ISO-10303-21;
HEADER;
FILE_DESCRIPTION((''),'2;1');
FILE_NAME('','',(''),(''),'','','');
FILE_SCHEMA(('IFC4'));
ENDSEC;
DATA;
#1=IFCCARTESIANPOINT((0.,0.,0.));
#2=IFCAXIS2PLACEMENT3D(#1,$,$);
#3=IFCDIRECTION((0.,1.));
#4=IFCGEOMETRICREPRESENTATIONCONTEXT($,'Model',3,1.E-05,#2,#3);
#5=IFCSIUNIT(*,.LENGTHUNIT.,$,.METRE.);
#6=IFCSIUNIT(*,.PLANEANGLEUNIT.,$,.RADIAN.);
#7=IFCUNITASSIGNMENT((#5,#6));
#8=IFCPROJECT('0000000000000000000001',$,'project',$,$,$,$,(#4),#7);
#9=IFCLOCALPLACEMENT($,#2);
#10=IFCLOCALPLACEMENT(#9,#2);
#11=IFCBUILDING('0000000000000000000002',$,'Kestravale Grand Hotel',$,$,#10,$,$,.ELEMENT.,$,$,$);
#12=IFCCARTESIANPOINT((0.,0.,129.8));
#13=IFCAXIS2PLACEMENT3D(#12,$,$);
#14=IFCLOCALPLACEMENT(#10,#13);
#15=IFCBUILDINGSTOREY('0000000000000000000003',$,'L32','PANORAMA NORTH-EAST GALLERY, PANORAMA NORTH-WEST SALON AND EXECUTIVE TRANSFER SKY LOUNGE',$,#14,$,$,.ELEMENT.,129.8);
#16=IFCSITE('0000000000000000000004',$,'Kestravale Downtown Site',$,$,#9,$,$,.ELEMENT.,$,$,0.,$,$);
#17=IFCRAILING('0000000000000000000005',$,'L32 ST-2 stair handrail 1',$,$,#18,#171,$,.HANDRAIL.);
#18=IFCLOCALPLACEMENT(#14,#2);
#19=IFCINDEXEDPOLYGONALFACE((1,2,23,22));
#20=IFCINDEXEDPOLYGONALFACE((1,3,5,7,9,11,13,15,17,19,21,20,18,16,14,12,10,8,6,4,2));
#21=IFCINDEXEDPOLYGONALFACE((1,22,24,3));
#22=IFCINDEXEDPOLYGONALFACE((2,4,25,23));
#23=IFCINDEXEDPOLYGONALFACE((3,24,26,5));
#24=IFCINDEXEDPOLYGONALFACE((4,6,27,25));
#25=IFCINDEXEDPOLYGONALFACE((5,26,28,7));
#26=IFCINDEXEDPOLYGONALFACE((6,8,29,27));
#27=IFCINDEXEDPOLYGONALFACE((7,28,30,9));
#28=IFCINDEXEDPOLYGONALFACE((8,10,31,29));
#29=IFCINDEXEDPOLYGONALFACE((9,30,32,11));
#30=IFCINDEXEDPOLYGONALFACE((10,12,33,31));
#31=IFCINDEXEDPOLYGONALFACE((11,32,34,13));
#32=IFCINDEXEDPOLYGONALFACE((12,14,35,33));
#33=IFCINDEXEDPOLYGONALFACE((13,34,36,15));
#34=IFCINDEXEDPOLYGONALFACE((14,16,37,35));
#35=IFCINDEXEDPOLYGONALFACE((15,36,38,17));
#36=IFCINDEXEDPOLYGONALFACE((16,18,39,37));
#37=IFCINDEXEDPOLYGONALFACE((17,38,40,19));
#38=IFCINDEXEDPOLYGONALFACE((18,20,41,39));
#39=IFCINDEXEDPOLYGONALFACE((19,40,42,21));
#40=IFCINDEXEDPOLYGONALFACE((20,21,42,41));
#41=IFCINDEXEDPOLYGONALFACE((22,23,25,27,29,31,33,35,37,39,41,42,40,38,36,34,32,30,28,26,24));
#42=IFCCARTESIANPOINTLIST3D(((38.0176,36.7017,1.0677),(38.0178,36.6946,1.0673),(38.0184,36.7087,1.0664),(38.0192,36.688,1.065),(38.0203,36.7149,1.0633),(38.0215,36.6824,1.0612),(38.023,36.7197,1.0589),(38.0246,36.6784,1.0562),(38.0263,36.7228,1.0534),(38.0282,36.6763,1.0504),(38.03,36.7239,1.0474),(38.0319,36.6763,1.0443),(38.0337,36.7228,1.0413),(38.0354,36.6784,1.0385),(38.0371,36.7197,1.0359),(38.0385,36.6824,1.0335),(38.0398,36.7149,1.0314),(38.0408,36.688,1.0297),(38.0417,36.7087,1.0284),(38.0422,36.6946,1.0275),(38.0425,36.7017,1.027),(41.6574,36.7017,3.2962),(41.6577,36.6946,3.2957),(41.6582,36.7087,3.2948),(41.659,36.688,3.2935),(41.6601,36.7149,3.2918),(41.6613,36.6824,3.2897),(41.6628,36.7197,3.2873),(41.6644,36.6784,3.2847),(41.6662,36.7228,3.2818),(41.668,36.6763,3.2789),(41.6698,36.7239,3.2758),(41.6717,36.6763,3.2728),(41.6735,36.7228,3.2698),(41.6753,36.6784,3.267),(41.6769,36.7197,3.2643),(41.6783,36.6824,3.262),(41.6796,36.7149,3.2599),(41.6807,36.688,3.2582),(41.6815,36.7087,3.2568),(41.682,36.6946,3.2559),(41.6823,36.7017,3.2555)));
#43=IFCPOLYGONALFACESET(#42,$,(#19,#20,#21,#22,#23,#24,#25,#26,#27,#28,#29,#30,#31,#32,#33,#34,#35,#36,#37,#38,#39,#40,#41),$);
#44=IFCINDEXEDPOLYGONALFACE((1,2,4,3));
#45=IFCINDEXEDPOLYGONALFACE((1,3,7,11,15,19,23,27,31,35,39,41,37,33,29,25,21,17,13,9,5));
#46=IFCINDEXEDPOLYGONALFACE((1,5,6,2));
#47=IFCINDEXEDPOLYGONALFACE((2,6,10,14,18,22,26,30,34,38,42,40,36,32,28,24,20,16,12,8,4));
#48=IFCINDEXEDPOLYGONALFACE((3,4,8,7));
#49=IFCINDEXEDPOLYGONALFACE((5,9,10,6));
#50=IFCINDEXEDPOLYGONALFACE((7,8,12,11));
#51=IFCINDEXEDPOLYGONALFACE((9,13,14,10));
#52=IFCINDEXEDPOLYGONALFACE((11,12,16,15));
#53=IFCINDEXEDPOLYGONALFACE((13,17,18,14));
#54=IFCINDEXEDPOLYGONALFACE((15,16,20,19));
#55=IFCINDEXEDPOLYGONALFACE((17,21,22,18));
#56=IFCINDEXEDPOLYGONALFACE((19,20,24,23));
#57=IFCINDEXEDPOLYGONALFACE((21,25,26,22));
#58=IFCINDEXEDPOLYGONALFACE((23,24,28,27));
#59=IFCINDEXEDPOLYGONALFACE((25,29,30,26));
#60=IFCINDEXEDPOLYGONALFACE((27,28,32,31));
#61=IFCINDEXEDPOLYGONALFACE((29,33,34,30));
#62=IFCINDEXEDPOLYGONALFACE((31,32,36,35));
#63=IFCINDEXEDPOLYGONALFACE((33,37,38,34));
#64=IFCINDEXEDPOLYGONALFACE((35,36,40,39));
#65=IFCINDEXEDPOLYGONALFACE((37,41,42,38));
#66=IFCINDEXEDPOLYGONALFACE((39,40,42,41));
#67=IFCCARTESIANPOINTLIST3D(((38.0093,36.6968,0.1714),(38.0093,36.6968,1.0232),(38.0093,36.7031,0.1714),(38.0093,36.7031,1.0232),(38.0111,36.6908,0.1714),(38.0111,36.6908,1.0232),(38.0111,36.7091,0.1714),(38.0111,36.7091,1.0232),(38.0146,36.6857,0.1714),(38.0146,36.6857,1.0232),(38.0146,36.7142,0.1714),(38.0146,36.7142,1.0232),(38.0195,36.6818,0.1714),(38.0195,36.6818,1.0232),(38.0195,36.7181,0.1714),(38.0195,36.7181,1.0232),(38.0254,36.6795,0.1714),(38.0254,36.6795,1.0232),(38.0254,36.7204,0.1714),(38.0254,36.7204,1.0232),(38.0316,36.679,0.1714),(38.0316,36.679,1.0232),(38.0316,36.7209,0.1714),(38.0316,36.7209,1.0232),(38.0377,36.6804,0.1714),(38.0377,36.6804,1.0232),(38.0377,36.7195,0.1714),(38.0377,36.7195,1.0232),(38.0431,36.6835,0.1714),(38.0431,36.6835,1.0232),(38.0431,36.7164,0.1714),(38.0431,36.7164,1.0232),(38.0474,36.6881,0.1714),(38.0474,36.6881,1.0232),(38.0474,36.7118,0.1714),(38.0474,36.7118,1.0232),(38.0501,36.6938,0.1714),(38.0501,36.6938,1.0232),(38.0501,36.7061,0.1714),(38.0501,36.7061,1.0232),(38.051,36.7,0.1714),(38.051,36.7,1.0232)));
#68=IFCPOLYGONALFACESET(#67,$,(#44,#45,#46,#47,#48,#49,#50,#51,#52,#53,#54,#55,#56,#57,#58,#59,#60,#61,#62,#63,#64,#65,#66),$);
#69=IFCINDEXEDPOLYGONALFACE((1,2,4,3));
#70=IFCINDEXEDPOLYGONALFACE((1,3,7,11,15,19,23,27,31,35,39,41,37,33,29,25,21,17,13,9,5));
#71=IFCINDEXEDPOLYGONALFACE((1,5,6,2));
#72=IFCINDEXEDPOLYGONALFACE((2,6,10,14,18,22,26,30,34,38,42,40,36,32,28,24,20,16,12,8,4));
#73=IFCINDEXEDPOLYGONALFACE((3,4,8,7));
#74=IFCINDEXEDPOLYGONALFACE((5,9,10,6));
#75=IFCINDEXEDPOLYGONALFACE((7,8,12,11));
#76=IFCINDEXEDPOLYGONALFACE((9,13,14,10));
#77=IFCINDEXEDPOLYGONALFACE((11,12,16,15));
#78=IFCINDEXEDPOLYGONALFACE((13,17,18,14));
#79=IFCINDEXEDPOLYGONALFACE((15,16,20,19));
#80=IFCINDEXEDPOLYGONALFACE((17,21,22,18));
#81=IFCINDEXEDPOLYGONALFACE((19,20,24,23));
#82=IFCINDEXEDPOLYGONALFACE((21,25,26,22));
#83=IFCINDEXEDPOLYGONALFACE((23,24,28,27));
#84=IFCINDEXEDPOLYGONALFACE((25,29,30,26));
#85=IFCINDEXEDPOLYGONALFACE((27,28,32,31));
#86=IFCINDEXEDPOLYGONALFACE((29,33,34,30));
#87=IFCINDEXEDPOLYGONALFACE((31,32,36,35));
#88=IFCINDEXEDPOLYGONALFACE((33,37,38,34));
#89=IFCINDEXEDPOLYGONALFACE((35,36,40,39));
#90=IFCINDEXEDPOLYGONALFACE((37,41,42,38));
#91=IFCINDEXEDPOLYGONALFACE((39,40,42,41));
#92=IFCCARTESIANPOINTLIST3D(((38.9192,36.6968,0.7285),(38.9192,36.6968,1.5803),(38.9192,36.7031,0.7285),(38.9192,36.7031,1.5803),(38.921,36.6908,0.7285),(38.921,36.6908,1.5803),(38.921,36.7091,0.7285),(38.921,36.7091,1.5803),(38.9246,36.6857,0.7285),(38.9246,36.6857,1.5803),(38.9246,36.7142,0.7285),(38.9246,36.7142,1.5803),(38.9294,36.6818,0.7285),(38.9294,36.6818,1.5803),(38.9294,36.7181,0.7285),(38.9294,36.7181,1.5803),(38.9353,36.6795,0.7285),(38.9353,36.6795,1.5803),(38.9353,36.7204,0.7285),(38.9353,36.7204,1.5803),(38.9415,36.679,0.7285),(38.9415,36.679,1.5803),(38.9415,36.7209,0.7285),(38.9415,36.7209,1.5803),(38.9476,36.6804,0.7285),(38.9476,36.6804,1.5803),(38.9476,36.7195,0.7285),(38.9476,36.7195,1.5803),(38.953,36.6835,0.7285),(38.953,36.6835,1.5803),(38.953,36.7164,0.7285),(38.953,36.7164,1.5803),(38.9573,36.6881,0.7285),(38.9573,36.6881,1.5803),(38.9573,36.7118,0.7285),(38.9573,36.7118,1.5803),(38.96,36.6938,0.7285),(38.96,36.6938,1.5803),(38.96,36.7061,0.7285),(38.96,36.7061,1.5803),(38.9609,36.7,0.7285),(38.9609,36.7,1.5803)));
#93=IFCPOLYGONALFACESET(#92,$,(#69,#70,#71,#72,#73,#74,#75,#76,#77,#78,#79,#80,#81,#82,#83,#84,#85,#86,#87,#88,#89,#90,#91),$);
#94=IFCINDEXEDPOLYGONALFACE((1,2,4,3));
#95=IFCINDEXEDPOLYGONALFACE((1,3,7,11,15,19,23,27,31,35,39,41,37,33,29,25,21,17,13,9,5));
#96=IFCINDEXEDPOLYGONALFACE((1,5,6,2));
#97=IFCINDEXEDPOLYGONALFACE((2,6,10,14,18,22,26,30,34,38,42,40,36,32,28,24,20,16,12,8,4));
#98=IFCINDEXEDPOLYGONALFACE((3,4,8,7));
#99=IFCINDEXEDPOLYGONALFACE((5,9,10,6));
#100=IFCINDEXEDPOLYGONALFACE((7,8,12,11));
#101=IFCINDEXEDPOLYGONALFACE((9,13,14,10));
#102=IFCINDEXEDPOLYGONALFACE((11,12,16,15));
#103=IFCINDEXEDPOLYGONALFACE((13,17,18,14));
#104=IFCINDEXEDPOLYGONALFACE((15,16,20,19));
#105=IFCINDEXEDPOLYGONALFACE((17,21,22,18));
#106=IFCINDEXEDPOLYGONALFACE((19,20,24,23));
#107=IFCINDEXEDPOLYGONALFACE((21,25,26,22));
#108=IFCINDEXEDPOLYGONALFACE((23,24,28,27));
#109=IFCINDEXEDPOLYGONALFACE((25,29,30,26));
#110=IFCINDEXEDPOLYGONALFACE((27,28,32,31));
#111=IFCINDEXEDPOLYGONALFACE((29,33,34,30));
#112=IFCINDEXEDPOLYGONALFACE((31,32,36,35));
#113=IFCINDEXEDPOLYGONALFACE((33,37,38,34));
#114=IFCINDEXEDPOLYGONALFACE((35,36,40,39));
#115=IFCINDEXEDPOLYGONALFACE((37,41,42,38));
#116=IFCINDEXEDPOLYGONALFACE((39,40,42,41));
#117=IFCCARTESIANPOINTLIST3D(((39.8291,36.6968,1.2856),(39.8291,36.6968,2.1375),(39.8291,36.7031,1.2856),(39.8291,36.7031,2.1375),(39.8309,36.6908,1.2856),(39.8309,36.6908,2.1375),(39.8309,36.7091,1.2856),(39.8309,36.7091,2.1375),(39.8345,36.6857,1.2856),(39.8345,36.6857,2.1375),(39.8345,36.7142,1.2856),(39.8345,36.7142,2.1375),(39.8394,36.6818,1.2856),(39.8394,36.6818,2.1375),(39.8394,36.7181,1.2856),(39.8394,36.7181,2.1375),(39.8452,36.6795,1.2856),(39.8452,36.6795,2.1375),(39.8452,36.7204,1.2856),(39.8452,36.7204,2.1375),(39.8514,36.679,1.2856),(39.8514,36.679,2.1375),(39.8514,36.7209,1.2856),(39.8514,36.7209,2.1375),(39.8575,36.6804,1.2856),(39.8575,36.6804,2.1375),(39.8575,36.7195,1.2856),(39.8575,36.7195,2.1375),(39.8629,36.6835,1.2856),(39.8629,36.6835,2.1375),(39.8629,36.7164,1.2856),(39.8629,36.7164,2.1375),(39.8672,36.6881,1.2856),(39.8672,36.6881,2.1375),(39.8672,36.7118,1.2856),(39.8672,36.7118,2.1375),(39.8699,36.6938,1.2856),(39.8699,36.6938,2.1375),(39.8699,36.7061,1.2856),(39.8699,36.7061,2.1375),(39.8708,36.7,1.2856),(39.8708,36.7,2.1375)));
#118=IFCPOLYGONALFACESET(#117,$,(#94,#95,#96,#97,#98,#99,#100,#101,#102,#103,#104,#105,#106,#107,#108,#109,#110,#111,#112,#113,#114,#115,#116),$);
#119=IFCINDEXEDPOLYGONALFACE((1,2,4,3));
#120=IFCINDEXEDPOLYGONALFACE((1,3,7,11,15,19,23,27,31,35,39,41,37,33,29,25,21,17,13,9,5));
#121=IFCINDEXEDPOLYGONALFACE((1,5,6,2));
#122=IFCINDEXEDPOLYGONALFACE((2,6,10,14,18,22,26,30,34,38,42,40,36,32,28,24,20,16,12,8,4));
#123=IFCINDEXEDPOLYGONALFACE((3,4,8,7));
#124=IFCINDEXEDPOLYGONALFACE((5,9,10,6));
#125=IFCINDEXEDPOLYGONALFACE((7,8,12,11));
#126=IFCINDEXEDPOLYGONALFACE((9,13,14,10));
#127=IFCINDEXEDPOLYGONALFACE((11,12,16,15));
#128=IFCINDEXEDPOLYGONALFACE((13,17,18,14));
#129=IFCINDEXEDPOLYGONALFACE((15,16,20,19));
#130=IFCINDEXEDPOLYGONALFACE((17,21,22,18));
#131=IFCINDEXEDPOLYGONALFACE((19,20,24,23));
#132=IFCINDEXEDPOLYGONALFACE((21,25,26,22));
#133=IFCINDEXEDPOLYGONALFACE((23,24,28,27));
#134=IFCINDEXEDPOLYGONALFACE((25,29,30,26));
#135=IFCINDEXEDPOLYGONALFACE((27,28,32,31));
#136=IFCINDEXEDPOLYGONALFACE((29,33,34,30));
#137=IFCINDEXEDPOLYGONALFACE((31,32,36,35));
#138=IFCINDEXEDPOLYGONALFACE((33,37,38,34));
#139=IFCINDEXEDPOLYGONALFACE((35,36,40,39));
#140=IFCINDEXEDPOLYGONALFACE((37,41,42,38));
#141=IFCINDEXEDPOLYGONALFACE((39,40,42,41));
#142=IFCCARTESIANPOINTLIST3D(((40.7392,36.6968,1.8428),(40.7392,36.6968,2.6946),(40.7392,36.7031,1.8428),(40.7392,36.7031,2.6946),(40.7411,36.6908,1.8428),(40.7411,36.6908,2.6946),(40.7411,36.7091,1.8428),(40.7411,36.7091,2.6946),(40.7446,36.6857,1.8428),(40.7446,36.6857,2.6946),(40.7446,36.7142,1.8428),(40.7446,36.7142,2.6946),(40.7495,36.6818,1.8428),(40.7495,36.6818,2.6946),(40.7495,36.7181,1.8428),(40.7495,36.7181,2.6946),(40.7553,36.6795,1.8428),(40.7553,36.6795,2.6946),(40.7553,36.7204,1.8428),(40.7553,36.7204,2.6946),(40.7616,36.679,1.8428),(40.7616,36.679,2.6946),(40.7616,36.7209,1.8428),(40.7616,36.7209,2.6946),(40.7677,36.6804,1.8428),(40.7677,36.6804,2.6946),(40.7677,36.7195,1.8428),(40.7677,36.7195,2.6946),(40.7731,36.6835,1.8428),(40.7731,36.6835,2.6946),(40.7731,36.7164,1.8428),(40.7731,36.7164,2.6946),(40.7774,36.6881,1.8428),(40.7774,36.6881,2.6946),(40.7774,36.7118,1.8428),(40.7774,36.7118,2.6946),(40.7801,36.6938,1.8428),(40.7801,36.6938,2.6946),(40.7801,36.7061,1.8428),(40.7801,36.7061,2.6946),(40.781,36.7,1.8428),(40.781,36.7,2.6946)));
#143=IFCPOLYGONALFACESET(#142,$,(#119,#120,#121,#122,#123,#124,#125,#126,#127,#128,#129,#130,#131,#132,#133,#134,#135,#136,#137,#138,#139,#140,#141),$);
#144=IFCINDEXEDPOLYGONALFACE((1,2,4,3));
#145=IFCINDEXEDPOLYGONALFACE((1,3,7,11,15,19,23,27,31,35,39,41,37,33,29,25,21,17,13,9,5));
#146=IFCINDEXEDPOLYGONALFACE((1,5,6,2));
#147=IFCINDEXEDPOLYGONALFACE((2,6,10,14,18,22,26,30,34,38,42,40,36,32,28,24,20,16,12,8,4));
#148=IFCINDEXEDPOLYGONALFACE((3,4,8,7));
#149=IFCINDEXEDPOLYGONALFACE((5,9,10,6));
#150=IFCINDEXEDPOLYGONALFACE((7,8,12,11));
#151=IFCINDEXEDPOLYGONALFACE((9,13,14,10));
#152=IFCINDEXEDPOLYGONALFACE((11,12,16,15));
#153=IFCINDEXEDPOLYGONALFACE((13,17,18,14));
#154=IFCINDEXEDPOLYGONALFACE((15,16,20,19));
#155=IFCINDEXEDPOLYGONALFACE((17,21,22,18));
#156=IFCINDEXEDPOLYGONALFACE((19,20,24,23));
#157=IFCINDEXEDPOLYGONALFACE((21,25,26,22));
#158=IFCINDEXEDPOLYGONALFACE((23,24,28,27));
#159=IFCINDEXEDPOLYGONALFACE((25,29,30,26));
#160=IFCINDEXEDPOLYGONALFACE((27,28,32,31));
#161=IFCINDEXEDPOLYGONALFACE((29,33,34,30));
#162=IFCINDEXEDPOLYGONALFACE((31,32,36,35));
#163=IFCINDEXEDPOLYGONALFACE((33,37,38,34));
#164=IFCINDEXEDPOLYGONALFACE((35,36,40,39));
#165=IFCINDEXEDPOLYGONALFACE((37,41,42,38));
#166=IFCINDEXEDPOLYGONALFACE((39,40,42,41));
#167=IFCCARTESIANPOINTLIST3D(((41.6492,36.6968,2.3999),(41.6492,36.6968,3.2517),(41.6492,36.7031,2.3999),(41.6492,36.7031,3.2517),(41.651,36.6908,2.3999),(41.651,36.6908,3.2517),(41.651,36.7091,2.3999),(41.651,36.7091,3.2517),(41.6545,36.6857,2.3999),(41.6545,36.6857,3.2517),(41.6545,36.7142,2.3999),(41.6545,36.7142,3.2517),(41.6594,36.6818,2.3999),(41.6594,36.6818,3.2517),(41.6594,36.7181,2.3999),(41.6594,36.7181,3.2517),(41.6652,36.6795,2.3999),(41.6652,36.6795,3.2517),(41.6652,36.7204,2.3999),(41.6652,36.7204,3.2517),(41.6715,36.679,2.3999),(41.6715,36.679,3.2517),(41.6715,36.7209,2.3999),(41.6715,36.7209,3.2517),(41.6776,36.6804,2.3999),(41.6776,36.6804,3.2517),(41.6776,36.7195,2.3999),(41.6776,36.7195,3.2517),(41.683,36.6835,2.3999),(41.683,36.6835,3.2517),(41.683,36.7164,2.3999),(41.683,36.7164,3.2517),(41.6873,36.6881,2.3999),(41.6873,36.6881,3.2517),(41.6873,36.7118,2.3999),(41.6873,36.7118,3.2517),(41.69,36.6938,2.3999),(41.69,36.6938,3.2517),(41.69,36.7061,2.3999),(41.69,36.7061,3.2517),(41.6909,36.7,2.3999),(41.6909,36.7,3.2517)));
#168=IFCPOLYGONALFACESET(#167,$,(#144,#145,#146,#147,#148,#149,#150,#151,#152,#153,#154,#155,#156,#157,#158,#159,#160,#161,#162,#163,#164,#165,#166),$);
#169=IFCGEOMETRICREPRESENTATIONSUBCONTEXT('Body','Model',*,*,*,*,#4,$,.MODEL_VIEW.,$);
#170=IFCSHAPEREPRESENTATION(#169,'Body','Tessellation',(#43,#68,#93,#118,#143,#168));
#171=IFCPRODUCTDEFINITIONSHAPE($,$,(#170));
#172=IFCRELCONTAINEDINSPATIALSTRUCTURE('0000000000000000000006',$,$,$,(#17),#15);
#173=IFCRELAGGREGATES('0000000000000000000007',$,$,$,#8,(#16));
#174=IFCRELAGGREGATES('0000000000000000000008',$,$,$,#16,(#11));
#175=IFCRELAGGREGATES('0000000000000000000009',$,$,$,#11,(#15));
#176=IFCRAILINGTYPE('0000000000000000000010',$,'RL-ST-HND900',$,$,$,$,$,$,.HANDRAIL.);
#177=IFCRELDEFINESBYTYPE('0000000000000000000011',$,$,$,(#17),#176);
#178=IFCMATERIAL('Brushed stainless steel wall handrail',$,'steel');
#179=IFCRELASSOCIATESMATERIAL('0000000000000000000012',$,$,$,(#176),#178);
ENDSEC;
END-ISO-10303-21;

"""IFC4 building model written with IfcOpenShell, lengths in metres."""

from ifc_helpers import new_model, si_unit, direction, frame, origin, origin_2d, place, context, subcontext, project, spatial, circle, extrude, material, type_object, element, save


model = new_model("IFC4")

# Units and contexts
model_context = context("Model", 3, precision=1e-05, world=origin(), true_north=direction((0.0, 1.0)))
body_context = subcontext(model_context, "Body", "Model", "MODEL_VIEW")
ifc_project = project(units=[si_unit("LENGTHUNIT", "METRE"), si_unit("PLANEANGLEUNIT", "RADIAN")], contexts=[model_context])

# Site, building, storey
site_placement = place(None, origin())
site = spatial("IfcSite", under=ifc_project, at=site_placement, Name="Kestravale Downtown Site", CompositionType="ELEMENT", RefElevation=0.0)
building_placement = place(site_placement, origin())
building = spatial("IfcBuilding", under=site, at=building_placement, Name="Kestravale Grand Hotel", CompositionType="ELEMENT")
storey_placement = place(building_placement, frame((0.0, 0.0, 129.8)))
storey = spatial("IfcBuildingStorey", under=building, at=storey_placement, Name="L32", Description="PANORAMA NORTH-EAST GALLERY, PANORAMA NORTH-WEST SALON AND EXECUTIVE TRANSFER SKY LOUNGE", CompositionType="ELEMENT", Elevation=129.8)

# Railing
ifc_material_1 = material(Name="Brushed stainless steel wall handrail", Category="steel")
railing_type_1 = type_object("IfcRailingType", Name="RL-ST-HND900", PredefinedType="HANDRAIL", material=ifc_material_1)
railing_1_placement = place(storey_placement, frame((38.03, 36.7, 0.1714)))
element("IfcRailing", 1, at=railing_1_placement, inside=storey, type_object=railing_type_1, Name="L32 ST-2 stair handrail 1", PredefinedType="HANDRAIL", context=body_context, shape_type="SweptSolid", body=[
    extrude(circle(Radius=0.0239, at=origin_2d()), frame((0.0, 0.0, 0.876), z_axis=(0.85285, 0.0, 0.522156), x_axis=(0.0, 1.0, 0.0)), (0.0, 0.0, 1.0), 4.2678),
    extrude(circle(Radius=0.021, at=origin_2d()), origin(), (0.0, 0.0, 1.0), 0.8518),
    extrude(circle(Radius=0.021, at=origin_2d()), frame((0.9099, 0.0, 0.5571)), (0.0, 0.0, 1.0), 0.8518),
    extrude(circle(Radius=0.021, at=origin_2d()), frame((1.8198, 0.0, 1.1143)), (0.0, 0.0, 1.0), 0.8518),
    extrude(circle(Radius=0.021, at=origin_2d()), frame((2.73, 0.0, 1.6714)), (0.0, 0.0, 1.0), 0.8518),
    extrude(circle(Radius=0.021, at=origin_2d()), frame((3.6399, 0.0, 2.2285)), (0.0, 0.0, 1.0), 0.8518),
])

save(model, "model.ifc")
